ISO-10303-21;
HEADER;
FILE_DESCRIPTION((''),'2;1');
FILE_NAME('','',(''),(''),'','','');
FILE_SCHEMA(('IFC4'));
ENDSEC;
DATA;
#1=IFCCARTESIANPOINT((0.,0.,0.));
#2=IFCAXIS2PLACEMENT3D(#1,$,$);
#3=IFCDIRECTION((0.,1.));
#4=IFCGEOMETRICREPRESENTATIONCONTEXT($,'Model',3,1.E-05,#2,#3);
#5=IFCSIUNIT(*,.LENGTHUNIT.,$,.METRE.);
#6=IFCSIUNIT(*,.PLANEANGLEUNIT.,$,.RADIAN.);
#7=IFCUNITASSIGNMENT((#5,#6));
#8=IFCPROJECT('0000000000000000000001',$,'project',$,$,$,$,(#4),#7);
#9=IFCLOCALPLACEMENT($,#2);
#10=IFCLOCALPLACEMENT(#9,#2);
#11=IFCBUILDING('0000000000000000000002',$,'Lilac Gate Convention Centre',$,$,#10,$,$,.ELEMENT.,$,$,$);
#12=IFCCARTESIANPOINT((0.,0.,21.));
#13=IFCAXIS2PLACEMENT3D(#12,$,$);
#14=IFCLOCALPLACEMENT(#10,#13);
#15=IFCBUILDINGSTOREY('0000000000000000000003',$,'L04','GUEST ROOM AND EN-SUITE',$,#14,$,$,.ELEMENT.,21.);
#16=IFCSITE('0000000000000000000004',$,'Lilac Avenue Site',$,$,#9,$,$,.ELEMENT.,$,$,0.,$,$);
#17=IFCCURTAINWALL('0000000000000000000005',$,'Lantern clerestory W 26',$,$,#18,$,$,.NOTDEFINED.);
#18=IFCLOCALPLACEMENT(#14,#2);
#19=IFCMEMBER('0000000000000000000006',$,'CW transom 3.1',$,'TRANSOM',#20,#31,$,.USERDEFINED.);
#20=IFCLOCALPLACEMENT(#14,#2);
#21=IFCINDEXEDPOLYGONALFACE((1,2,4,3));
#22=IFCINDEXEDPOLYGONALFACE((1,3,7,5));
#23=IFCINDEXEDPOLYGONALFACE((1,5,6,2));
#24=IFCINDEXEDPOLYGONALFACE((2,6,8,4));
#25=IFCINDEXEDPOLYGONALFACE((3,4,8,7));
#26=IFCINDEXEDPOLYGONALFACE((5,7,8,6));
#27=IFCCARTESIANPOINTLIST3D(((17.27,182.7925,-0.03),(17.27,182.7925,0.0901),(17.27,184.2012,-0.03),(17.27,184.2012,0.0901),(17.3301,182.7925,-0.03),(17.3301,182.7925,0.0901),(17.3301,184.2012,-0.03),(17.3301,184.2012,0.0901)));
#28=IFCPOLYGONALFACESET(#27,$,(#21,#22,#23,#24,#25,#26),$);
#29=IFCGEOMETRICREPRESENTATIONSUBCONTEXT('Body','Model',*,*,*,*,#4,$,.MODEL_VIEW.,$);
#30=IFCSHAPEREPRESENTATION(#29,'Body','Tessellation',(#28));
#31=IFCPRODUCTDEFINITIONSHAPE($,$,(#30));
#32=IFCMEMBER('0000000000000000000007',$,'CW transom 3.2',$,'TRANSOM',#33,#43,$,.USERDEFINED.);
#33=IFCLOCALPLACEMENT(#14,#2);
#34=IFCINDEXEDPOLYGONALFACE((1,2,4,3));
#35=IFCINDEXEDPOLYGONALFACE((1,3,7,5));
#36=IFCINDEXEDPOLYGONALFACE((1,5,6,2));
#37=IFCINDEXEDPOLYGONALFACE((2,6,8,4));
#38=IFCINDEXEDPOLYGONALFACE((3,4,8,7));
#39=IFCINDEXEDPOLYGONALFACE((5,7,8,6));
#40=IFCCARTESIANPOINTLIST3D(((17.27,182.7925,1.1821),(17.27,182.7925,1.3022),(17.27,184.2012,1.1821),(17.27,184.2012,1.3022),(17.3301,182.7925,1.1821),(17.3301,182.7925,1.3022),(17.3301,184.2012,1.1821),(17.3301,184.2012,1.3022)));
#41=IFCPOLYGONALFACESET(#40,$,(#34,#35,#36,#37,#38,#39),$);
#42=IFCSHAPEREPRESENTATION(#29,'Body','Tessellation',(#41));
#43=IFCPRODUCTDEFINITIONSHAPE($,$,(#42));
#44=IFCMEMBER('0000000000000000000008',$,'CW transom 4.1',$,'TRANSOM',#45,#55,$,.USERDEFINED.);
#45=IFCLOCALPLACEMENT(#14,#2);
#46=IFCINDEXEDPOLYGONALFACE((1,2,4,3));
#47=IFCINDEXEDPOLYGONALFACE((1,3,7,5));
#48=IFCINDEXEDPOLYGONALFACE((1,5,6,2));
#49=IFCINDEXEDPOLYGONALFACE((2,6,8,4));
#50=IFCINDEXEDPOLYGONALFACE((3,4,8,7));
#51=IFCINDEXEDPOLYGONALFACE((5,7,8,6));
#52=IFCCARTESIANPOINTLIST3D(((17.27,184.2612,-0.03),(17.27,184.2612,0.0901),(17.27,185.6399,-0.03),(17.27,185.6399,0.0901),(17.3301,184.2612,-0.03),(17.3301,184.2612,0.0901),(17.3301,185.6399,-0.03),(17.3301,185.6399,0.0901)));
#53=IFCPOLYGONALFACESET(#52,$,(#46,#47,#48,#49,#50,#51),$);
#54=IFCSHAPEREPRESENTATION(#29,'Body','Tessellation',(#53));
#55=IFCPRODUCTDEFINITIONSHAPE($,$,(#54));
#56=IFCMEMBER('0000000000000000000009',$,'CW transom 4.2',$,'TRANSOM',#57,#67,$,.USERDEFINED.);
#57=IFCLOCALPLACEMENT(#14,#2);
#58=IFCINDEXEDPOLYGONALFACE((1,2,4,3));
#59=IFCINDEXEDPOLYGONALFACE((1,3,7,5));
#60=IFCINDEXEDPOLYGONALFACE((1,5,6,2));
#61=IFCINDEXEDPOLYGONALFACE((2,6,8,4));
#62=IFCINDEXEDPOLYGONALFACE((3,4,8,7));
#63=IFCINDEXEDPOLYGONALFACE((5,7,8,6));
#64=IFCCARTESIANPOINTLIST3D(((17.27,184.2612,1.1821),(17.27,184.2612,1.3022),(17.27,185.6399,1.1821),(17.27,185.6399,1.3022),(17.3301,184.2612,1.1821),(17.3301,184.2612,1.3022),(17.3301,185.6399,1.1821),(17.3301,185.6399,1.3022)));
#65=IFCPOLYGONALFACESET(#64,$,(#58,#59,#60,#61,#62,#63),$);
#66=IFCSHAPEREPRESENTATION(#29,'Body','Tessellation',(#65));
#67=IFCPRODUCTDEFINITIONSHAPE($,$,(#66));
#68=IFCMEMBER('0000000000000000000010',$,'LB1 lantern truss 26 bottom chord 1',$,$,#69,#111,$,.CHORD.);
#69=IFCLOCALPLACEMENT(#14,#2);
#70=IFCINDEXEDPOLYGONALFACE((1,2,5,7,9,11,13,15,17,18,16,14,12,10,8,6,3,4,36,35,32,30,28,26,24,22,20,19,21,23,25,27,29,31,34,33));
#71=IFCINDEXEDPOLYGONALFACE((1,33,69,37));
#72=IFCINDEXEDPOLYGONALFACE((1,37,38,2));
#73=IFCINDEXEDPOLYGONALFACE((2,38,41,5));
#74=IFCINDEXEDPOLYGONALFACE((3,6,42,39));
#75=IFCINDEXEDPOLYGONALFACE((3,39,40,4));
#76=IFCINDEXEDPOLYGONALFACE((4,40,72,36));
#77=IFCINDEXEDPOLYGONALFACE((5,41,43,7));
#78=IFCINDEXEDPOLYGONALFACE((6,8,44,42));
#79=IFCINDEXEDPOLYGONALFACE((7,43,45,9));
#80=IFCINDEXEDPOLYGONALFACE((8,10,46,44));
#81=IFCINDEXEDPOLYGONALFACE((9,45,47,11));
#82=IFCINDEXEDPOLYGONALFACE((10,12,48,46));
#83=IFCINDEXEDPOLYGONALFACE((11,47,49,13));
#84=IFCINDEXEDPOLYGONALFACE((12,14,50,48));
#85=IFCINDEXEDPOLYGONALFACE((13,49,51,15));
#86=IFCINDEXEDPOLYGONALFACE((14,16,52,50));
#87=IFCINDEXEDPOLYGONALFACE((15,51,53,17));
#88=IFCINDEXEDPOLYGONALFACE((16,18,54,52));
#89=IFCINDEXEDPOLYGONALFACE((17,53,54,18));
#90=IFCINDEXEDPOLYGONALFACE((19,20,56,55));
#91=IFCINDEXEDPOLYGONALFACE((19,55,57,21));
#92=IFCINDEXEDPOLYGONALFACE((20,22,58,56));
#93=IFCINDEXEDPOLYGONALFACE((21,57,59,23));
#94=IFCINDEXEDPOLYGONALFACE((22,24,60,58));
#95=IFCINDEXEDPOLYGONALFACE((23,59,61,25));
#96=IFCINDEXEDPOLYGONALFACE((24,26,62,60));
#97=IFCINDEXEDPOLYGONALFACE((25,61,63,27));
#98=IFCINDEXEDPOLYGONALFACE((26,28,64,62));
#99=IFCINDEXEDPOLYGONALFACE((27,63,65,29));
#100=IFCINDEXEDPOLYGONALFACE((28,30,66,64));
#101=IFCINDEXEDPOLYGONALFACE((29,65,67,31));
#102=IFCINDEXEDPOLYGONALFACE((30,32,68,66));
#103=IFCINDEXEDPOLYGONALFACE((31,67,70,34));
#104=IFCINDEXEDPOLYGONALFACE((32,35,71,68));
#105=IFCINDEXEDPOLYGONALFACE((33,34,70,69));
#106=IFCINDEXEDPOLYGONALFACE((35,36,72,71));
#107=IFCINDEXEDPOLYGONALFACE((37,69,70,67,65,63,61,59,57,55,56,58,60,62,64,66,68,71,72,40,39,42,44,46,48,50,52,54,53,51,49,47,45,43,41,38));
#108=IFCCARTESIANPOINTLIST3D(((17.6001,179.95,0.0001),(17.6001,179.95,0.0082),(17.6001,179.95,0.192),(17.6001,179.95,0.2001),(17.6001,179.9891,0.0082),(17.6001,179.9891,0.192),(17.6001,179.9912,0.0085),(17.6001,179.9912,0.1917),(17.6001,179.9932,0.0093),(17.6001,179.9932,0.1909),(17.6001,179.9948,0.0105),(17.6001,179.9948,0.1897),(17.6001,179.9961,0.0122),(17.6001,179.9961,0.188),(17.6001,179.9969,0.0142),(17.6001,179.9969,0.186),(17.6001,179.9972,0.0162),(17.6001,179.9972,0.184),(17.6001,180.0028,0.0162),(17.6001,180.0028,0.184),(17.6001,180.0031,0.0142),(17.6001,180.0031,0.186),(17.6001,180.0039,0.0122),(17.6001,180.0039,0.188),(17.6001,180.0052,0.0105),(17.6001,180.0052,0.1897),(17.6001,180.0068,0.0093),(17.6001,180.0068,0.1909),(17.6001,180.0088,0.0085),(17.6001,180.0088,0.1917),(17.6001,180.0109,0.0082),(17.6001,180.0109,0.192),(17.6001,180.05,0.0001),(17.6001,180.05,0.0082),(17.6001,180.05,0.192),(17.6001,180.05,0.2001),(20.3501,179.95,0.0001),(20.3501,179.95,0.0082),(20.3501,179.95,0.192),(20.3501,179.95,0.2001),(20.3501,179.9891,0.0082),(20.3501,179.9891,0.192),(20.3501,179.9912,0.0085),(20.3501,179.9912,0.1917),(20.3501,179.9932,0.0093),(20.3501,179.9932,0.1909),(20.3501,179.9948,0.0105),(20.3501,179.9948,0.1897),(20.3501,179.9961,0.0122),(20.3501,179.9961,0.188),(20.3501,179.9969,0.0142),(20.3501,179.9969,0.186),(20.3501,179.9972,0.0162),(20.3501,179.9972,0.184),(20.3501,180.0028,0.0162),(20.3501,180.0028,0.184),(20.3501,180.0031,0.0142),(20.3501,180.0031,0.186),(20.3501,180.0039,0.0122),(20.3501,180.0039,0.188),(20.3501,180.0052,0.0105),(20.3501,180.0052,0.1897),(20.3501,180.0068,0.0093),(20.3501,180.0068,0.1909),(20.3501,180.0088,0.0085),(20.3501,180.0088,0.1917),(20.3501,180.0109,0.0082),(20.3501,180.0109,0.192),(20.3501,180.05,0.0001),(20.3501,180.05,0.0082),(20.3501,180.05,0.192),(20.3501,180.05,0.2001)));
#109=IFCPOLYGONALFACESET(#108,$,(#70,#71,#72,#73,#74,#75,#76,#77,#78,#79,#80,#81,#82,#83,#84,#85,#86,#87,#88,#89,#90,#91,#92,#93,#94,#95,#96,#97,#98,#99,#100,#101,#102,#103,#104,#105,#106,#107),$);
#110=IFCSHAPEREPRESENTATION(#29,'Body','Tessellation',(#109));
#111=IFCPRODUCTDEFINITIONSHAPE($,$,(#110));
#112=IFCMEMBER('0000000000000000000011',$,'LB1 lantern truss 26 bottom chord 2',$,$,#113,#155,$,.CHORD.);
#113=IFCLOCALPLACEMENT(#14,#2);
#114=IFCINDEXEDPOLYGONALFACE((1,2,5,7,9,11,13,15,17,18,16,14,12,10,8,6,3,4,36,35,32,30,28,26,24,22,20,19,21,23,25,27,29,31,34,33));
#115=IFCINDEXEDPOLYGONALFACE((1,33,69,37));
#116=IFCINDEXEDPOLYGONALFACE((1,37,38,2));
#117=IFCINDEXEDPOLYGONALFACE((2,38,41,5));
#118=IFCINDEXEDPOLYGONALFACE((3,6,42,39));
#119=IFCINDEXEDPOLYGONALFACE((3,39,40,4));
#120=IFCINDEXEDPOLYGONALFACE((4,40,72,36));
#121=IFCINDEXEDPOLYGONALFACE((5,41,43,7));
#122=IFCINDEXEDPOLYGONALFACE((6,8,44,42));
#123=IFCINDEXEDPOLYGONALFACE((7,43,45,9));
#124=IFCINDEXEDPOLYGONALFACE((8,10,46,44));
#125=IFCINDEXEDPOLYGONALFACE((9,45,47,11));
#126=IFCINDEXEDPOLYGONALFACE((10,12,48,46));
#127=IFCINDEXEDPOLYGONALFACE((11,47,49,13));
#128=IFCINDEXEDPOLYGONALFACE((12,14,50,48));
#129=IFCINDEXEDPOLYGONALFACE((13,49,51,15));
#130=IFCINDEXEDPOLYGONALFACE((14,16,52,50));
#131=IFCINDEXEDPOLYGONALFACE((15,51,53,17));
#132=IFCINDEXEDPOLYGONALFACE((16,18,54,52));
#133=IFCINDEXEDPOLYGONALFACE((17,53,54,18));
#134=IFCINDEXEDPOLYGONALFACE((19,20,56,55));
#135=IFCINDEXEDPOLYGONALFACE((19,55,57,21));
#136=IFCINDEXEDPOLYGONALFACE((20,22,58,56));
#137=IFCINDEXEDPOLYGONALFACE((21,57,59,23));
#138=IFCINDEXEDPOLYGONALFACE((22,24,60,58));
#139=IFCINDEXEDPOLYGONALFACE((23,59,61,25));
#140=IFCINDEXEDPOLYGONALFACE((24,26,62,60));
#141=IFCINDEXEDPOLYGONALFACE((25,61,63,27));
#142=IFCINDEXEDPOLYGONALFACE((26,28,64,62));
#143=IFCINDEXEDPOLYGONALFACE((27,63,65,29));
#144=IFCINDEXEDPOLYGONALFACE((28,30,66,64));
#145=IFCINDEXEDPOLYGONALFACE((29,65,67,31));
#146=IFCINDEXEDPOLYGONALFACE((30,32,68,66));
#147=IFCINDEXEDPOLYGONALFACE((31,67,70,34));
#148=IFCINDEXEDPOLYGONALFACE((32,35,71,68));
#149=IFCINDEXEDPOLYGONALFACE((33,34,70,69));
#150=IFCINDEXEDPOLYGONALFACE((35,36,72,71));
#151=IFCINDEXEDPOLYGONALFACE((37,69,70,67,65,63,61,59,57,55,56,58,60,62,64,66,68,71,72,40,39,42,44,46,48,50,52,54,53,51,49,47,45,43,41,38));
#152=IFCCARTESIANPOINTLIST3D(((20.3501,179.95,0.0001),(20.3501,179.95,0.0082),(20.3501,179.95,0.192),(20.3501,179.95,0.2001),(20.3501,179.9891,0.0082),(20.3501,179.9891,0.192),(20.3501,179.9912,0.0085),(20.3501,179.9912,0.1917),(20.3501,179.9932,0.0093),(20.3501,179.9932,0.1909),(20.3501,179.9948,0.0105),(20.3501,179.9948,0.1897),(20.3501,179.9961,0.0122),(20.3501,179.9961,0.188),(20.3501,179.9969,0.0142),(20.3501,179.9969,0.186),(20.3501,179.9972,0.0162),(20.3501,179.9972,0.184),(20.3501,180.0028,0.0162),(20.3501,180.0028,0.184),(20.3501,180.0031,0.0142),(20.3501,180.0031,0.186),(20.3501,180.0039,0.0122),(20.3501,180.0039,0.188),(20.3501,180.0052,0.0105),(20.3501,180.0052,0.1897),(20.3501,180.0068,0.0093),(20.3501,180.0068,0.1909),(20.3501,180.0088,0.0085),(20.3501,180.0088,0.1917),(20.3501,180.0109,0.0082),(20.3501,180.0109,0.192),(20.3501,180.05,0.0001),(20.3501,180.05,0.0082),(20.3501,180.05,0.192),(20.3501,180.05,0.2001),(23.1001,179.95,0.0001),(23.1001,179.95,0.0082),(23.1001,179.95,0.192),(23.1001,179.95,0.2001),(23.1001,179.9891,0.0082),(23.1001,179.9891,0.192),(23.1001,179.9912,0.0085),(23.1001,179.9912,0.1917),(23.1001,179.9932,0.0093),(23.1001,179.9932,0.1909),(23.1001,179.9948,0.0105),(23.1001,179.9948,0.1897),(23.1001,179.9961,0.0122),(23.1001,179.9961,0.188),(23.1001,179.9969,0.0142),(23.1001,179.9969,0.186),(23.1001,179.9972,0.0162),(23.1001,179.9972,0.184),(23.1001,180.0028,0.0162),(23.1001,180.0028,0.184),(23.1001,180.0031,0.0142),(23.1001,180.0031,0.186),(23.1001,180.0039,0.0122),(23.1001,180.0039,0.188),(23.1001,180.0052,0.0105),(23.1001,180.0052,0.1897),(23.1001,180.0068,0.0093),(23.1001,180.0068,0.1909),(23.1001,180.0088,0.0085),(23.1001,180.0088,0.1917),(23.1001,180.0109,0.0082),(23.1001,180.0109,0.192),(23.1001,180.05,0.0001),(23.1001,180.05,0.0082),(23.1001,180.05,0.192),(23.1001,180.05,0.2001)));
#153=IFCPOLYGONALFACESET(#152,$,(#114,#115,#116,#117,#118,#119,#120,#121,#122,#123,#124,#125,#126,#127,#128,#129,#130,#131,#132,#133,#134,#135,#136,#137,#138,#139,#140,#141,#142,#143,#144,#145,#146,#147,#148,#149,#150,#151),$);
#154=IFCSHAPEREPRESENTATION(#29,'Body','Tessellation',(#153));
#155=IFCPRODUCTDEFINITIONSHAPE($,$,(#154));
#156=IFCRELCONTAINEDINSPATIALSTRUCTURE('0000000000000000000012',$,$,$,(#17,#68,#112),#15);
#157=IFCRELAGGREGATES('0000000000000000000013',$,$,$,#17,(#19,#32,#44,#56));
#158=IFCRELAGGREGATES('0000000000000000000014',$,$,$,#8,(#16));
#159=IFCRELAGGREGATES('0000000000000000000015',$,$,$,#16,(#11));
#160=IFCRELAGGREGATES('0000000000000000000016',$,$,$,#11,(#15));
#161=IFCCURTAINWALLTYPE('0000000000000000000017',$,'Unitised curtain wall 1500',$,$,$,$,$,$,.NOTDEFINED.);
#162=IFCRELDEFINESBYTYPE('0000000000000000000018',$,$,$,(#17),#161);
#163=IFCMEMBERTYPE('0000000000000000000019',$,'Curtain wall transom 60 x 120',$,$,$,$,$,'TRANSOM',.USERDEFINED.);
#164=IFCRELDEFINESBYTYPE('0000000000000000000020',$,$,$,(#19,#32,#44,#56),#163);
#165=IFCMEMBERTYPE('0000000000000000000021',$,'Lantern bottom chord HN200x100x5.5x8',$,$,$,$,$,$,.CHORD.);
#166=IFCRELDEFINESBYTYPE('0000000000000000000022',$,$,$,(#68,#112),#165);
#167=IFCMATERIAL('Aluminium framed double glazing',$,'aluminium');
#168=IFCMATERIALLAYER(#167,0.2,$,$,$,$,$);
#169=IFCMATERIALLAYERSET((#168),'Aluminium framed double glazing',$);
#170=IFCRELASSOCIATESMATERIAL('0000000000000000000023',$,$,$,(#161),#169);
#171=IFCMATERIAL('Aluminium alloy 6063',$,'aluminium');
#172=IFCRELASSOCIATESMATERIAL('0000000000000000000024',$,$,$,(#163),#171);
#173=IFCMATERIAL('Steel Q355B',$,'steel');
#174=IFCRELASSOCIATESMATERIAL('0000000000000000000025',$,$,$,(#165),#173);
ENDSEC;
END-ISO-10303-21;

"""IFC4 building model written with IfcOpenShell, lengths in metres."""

from ifc_helpers import new_model, si_unit, direction, frame, origin, origin_2d, place, context, subcontext, project, spatial, rectangle, i_section, extrude, material, layer, layer_set, material_profile, profile_set, type_object, element, aggregate, save


model = new_model("IFC4")

# Units and contexts
model_context = context("Model", 3, precision=1e-05, world=origin(), true_north=direction((0.0, 1.0)))
body_context = subcontext(model_context, "Body", "Model", "MODEL_VIEW")
ifc_project = project(units=[si_unit("LENGTHUNIT", "METRE"), si_unit("PLANEANGLEUNIT", "RADIAN")], contexts=[model_context])

# Site, building, storey
site_placement = place(None, origin())
site = spatial("IfcSite", under=ifc_project, at=site_placement, Name="Lilac Avenue Site", CompositionType="ELEMENT", RefElevation=0.0)
building_placement = place(site_placement, origin())
building = spatial("IfcBuilding", under=site, at=building_placement, Name="Lilac Gate Convention Centre", CompositionType="ELEMENT")
storey_placement = place(building_placement, frame((0.0, 0.0, 21.0)))
storey = spatial("IfcBuildingStorey", under=building, at=storey_placement, Name="L04", Description="GUEST ROOM AND EN-SUITE", CompositionType="ELEMENT", Elevation=21.0)

# Curtain wall
ifc_material_1 = material(Name="Aluminium framed double glazing", Category="aluminium")
ifc_layer_1 = layer(ifc_material_1, 0.2)
ifc_layer_set_1 = layer_set([ifc_layer_1], Name="Aluminium framed double glazing")
curtain_wall_type = type_object("IfcCurtainWallType", Name="Unitised curtain wall 1500", PredefinedType="NOTDEFINED", material=ifc_layer_set_1)
ifc_material_2 = material(Name="Aluminium alloy 6063", Category="aluminium")
curtain_wall_1_placement = place(storey_placement, origin())
curtain_wall_1 = element("IfcCurtainWall", 1, at=curtain_wall_1_placement, inside=storey, type_object=curtain_wall_type, Name="Lantern clerestory W 26", PredefinedType="NOTDEFINED")

# Members
ifc_material_profile_1 = material_profile(ifc_material_2, rectangle(XDim=0.0601, YDim=0.1201, at=origin_2d()), Name="Curtain wall transom 60 x 120")
ifc_profile_set_1 = profile_set([ifc_material_profile_1], Name="Aluminium alloy 6063")
member_type_1 = type_object("IfcMemberType", Name="Curtain wall transom 60 x 120", ElementType="TRANSOM", PredefinedType="USERDEFINED", material=ifc_profile_set_1)
member_1_placement = place(storey_placement, frame((17.3, 182.7925, 0.03), z_axis=(0.0, 1.0, 0.0), x_axis=(-1.0, 0.0, 0.0)))
member_1 = element("IfcMember", 2, at=member_1_placement, type_object=member_type_1, Name="CW transom 3.1", ObjectType="TRANSOM", PredefinedType="USERDEFINED", context=body_context, shape_type="SweptSolid", body=[
    extrude(rectangle(XDim=0.0601, YDim=0.1201, at=origin_2d()), origin(), (0.0, 0.0, 1.0), 1.4087),
])
member_2_placement = place(storey_placement, frame((17.3, 182.7925, 1.2422), z_axis=(0.0, 1.0, 0.0), x_axis=(-1.0, 0.0, 0.0)))
member_2 = element("IfcMember", 3, at=member_2_placement, type_object=member_type_1, Name="CW transom 3.2", ObjectType="TRANSOM", PredefinedType="USERDEFINED", context=body_context, shape_type="SweptSolid", body=[
    extrude(rectangle(XDim=0.0601, YDim=0.1201, at=origin_2d()), origin(), (0.0, 0.0, 1.0), 1.4087),
])
member_3_placement = place(storey_placement, frame((17.3, 184.2612, 0.03), z_axis=(0.0, 1.0, 0.0), x_axis=(-1.0, 0.0, 0.0)))
member_3 = element("IfcMember", 4, at=member_3_placement, type_object=member_type_1, Name="CW transom 4.1", ObjectType="TRANSOM", PredefinedType="USERDEFINED", context=body_context, shape_type="SweptSolid", body=[
    extrude(rectangle(XDim=0.0601, YDim=0.1201, at=origin_2d()), origin(), (0.0, 0.0, 1.0), 1.3787),
])
member_4_placement = place(storey_placement, frame((17.3, 184.2612, 1.2422), z_axis=(0.0, 1.0, 0.0), x_axis=(-1.0, 0.0, 0.0)))
member_4 = element("IfcMember", 5, at=member_4_placement, type_object=member_type_1, Name="CW transom 4.2", ObjectType="TRANSOM", PredefinedType="USERDEFINED", context=body_context, shape_type="SweptSolid", body=[
    extrude(rectangle(XDim=0.0601, YDim=0.1201, at=origin_2d()), origin(), (0.0, 0.0, 1.0), 1.3787),
])

# Members
ifc_material_3 = material(Name="Steel Q355B", Category="steel")
ifc_material_profile_2 = material_profile(ifc_material_3, i_section(OverallWidth=0.1001, OverallDepth=0.2, WebThickness=0.0056, FlangeThickness=0.0081, FilletRadius=0.0081, at=origin_2d()), Name="HN200x100x5.5x8")
ifc_profile_set_2 = profile_set([ifc_material_profile_2], Name="Steel Q355B")
member_type_2 = type_object("IfcMemberType", Name="Lantern bottom chord HN200x100x5.5x8", PredefinedType="CHORD", material=ifc_profile_set_2)
for number, where, z_axis, x_axis, name in (
    (6, (17.6001, 180.0, 0.1001), (1.0, 0.0, 0.0), (0.0, 1.0, 0.0), "LB1 lantern truss 26 bottom chord 1"),
    (7, (20.3501, 180.0, 0.1001), (1.0, 0.0, 0.0), (0.0, 1.0, 0.0), "LB1 lantern truss 26 bottom chord 2"),
):
    element("IfcMember", number, at=place(storey_placement, frame(where, z_axis=z_axis, x_axis=x_axis)), inside=storey, type_object=member_type_2, Name=name, PredefinedType="CHORD", context=body_context, shape_type="SweptSolid", body=[
        extrude(i_section(OverallWidth=0.1001, OverallDepth=0.2, WebThickness=0.0056, FlangeThickness=0.0081, FilletRadius=0.0081, at=origin_2d()), origin(), (0.0, 0.0, 1.0), 2.75),
    ])

aggregate(curtain_wall_1, [member_1, member_2, member_3, member_4])

save(model, "model.ifc")
